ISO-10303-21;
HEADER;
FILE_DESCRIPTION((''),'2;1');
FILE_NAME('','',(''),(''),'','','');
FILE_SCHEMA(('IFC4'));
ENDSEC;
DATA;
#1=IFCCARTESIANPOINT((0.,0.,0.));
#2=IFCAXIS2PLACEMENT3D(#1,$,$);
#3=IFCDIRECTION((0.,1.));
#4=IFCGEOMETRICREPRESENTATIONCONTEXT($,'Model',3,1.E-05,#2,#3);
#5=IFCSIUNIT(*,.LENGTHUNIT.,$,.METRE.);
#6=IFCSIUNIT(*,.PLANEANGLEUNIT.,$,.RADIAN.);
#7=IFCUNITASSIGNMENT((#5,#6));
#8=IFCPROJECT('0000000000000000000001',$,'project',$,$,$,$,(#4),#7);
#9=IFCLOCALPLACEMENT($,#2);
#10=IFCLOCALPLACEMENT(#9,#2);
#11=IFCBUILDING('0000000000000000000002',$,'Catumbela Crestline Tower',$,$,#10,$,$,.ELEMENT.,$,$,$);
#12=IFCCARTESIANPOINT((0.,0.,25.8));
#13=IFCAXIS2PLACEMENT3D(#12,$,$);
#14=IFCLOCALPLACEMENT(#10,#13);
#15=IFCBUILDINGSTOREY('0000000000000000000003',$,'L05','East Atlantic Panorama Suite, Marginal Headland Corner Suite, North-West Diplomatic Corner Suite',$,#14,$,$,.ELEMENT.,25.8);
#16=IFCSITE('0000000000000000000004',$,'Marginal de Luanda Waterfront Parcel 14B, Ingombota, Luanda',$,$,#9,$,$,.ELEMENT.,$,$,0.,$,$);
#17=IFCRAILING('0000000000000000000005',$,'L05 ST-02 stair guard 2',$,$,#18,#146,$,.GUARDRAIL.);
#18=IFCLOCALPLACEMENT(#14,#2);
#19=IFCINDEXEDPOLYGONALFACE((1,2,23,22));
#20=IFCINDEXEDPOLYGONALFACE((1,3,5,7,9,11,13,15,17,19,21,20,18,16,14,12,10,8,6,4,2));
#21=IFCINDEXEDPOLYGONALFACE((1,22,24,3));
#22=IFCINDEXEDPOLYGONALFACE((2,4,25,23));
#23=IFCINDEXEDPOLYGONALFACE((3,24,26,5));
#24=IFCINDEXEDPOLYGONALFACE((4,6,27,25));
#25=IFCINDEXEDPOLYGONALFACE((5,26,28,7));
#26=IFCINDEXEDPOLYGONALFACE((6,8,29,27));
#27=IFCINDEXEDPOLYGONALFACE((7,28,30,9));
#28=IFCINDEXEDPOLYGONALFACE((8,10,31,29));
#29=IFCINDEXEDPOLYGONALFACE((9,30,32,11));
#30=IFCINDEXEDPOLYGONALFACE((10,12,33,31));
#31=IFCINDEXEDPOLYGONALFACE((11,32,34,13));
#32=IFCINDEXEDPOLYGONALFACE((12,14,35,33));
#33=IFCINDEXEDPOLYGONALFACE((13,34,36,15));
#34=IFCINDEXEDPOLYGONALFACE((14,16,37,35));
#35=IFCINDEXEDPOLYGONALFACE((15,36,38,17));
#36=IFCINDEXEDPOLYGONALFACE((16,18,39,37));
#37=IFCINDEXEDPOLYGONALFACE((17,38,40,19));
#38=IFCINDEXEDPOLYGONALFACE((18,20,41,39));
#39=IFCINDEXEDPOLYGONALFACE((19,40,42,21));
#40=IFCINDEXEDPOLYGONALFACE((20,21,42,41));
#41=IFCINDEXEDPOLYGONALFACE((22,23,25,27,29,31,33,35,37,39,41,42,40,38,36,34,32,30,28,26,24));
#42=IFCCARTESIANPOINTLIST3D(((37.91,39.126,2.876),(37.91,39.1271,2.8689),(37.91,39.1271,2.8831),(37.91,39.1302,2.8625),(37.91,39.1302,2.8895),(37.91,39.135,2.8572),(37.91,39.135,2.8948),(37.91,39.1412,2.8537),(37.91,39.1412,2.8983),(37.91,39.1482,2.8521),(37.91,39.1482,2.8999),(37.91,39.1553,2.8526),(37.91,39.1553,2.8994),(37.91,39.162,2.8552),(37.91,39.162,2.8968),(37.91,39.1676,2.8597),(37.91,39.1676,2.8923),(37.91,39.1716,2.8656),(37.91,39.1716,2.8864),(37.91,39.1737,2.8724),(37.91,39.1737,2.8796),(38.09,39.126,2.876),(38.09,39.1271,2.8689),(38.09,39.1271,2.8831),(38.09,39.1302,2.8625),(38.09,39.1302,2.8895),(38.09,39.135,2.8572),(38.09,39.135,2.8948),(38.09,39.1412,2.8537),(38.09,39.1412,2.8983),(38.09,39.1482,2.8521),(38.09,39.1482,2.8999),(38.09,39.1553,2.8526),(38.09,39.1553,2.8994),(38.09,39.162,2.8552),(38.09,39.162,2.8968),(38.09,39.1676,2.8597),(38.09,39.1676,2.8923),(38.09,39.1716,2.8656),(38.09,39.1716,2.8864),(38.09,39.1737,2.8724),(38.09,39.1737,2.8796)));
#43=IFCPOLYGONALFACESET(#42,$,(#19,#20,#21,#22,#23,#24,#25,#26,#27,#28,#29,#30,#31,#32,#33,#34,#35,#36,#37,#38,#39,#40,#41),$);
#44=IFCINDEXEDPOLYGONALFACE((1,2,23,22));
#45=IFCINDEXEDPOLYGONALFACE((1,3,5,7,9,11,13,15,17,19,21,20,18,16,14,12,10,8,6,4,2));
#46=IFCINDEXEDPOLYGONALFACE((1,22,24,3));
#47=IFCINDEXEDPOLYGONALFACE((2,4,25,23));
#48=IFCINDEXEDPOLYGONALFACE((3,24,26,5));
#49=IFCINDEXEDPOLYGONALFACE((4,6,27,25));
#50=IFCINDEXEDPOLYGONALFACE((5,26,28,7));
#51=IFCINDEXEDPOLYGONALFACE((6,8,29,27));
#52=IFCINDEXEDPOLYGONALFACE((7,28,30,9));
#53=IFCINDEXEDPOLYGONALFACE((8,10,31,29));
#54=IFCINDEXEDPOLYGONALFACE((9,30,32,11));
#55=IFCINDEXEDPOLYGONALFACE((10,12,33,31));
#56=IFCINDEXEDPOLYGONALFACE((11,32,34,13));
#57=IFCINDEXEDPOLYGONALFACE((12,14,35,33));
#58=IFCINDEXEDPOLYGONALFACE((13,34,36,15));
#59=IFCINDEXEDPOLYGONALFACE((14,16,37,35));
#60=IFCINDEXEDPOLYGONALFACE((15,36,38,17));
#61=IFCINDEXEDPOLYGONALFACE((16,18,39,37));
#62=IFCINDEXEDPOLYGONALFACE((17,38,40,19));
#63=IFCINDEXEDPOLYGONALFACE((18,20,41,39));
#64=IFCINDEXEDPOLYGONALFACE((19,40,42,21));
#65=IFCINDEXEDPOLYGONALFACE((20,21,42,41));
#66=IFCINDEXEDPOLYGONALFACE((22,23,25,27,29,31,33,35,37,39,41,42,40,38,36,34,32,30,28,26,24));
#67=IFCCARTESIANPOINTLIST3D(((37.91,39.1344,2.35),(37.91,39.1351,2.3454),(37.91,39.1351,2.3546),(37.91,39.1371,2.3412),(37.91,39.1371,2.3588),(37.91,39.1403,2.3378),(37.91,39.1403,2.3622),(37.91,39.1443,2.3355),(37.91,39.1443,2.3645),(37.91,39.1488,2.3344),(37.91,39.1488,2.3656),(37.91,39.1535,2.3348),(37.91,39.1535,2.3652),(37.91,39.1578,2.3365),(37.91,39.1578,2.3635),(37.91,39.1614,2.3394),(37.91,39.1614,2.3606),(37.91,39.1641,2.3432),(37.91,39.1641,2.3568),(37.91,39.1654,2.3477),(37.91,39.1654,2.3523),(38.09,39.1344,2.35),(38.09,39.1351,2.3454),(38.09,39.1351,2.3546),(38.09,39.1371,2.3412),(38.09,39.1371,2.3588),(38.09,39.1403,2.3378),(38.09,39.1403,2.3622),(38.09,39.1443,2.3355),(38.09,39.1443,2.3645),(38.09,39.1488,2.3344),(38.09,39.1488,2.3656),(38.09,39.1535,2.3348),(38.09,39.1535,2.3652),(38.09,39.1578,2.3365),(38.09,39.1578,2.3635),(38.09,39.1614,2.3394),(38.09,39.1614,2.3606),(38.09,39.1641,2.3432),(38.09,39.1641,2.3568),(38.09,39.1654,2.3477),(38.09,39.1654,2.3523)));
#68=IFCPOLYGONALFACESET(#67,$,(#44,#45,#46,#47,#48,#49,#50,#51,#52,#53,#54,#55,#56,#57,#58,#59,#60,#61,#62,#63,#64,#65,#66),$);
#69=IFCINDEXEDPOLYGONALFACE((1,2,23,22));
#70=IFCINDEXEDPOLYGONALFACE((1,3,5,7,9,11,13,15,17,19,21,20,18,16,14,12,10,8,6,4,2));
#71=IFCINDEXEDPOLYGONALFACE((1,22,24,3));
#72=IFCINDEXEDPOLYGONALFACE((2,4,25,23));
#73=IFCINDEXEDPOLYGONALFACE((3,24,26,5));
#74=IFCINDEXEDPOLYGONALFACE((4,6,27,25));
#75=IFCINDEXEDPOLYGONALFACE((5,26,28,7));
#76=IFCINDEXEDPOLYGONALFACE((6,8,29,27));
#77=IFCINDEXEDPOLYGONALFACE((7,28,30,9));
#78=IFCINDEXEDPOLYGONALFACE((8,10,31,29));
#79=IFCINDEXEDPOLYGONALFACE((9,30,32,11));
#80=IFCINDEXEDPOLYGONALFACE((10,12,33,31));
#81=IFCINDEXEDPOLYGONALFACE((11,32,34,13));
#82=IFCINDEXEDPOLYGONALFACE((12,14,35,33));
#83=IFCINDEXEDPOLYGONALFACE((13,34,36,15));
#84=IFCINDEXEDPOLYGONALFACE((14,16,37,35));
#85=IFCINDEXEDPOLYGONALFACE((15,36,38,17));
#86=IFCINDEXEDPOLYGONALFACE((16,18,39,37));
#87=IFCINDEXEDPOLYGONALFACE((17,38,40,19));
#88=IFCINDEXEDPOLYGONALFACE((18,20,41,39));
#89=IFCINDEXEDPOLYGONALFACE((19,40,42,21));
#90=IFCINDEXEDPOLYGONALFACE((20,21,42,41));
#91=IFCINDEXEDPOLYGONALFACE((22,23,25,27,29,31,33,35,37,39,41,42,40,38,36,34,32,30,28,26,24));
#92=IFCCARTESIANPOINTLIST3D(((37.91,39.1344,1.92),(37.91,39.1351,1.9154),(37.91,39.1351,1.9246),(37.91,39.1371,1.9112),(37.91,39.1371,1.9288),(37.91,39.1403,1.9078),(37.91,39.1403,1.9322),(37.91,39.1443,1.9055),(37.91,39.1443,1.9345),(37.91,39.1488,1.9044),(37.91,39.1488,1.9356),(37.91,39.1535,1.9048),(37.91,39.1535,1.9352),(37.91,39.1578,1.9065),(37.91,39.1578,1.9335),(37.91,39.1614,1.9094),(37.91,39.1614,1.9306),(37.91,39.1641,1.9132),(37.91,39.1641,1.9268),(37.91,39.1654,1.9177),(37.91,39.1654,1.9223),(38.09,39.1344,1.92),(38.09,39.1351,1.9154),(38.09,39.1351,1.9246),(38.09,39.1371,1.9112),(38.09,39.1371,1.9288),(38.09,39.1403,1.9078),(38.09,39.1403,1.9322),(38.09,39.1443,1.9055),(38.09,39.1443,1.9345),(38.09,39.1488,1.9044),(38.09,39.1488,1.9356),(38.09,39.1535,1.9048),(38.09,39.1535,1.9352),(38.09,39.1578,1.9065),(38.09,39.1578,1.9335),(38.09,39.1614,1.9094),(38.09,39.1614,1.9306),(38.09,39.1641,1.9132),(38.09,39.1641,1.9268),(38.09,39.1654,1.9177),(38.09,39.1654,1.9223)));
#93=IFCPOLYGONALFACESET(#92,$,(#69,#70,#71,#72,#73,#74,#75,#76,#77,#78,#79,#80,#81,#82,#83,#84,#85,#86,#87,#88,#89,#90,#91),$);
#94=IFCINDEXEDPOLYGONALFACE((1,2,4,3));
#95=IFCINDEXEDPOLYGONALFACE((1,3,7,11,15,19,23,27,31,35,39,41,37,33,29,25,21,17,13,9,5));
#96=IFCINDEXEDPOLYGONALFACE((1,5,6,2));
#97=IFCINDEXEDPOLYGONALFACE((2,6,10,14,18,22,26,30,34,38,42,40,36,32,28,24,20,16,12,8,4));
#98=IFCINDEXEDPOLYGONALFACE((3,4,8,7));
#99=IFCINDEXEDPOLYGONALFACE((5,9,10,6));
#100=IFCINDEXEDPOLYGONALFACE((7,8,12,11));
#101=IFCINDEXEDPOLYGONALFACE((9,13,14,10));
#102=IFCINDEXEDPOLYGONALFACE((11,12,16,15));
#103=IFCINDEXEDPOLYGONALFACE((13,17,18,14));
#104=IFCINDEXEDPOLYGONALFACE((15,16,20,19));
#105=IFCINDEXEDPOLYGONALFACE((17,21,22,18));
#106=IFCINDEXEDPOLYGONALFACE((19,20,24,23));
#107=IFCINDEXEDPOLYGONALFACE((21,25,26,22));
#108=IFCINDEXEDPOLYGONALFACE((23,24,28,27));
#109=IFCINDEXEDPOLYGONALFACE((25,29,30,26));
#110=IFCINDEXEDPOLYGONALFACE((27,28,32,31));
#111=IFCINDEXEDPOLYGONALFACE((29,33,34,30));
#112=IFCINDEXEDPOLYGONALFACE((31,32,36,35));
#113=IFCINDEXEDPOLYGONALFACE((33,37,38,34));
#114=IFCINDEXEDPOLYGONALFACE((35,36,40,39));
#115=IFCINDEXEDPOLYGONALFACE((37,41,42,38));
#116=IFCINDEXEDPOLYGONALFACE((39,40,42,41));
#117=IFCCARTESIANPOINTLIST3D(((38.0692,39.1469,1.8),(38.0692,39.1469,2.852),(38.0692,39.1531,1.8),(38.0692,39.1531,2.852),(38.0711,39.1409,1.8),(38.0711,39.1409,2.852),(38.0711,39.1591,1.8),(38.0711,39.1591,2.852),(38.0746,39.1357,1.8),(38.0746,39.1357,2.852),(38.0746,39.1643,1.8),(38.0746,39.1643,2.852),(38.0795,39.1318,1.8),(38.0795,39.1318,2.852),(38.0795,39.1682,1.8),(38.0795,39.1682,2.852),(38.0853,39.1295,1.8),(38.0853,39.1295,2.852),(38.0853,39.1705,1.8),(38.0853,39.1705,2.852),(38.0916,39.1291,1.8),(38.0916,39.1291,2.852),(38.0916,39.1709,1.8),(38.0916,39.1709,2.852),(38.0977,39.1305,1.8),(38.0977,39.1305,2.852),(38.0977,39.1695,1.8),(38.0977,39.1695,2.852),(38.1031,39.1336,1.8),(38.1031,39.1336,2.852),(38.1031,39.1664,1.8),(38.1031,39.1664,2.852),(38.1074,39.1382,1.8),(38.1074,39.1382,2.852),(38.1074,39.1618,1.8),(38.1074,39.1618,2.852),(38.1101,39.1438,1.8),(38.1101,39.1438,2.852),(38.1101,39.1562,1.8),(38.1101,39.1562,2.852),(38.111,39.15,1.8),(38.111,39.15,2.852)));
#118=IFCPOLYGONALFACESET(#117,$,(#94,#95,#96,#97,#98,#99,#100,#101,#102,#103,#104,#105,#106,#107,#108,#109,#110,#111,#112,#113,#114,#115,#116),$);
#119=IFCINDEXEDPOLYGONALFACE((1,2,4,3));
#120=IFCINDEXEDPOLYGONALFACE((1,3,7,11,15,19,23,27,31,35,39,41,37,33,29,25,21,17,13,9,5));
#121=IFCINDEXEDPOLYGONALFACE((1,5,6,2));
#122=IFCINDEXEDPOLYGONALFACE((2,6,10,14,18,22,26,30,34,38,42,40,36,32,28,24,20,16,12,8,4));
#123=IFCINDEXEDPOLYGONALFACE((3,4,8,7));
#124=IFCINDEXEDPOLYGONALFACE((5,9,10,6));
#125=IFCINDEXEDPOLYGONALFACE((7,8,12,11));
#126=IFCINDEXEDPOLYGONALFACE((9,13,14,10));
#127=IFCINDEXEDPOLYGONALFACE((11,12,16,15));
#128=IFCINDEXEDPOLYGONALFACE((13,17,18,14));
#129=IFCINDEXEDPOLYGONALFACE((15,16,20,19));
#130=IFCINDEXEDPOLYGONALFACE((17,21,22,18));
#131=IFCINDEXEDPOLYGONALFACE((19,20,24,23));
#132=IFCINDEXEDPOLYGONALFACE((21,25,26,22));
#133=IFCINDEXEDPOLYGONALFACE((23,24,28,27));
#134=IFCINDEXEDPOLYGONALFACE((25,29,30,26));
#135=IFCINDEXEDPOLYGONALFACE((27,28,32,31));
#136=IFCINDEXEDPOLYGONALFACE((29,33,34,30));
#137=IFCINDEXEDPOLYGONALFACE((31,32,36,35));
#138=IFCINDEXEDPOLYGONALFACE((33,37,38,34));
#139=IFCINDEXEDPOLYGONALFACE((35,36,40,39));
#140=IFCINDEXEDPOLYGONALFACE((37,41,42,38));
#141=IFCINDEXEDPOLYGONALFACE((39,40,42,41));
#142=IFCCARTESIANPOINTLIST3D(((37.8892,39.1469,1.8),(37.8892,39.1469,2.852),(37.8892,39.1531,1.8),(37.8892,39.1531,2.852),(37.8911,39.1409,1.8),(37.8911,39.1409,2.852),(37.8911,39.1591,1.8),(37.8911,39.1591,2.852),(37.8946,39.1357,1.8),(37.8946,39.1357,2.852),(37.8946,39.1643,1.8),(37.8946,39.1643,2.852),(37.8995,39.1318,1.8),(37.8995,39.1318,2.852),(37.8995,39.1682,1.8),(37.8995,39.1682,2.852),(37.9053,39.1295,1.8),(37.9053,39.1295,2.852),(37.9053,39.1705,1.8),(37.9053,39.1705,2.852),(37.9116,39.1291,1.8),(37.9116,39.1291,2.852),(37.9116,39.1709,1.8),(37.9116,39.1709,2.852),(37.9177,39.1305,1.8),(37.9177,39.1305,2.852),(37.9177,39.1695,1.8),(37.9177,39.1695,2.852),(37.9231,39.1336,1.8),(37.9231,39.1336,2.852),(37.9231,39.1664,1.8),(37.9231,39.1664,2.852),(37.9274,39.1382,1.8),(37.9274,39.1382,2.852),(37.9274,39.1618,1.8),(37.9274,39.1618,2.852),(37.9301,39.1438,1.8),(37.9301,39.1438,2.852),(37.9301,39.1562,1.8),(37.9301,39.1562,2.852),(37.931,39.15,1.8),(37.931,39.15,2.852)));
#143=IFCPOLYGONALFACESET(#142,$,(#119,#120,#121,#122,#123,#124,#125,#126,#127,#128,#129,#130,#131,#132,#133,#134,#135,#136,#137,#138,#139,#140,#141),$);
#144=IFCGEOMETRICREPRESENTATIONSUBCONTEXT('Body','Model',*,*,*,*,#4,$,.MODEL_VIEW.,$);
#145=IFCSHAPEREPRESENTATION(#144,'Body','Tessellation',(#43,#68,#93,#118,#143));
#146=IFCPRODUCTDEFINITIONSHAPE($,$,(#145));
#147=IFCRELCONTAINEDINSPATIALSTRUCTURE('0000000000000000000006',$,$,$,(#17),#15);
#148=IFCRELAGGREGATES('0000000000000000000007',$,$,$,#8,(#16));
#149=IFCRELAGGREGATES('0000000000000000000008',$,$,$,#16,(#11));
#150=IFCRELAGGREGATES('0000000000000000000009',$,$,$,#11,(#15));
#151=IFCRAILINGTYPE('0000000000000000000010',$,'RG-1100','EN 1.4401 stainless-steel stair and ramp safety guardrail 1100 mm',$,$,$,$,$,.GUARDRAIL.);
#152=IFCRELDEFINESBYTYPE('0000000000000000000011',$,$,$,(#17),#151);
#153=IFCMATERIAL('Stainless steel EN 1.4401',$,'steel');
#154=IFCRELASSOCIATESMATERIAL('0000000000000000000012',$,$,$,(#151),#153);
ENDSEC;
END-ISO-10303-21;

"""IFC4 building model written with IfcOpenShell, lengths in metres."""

from ifc_helpers import new_model, si_unit, direction, frame, origin, origin_2d, place, context, subcontext, project, spatial, circle, extrude, material, type_object, element, save


model = new_model("IFC4")

# Units and contexts
model_context = context("Model", 3, precision=1e-05, world=origin(), true_north=direction((0.0, 1.0)))
body_context = subcontext(model_context, "Body", "Model", "MODEL_VIEW")
ifc_project = project(units=[si_unit("LENGTHUNIT", "METRE"), si_unit("PLANEANGLEUNIT", "RADIAN")], contexts=[model_context])

# Site, building, storey
site_placement = place(None, origin())
site = spatial("IfcSite", under=ifc_project, at=site_placement, Name="Marginal de Luanda Waterfront Parcel 14B, Ingombota, Luanda", CompositionType="ELEMENT", RefElevation=0.0)
building_placement = place(site_placement, origin())
building = spatial("IfcBuilding", under=site, at=building_placement, Name="Catumbela Crestline Tower", CompositionType="ELEMENT")
storey_placement = place(building_placement, frame((0.0, 0.0, 25.8)))
storey = spatial("IfcBuildingStorey", under=building, at=storey_placement, Name="L05", Description="East Atlantic Panorama Suite, Marginal Headland Corner Suite, North-West Diplomatic Corner Suite", CompositionType="ELEMENT", Elevation=25.8)

# Shared definitions
ifc_material_1 = material(Name="Stainless steel EN 1.4401", Category="steel")

# Railing
railing_type_1 = type_object("IfcRailingType", Name="RG-1100", Description="EN 1.4401 stainless-steel stair and ramp safety guardrail 1100 mm", PredefinedType="GUARDRAIL", material=ifc_material_1)
railing_1_placement = place(storey_placement, frame((38.09, 39.15, 1.8)))
element("IfcRailing", 1, at=railing_1_placement, inside=storey, type_object=railing_type_1, Name="L05 ST-02 stair guard 2", PredefinedType="GUARDRAIL", context=body_context, shape_type="SweptSolid", body=[
    extrude(circle(Radius=0.024, at=origin_2d()), frame((0.0, 0.0, 1.076), z_axis=(-1.0, 0.0, 0.0), x_axis=(0.0, -1.0, 0.0)), (0.0, 0.0, 1.0), 0.18),
    extrude(circle(Radius=0.0156, at=origin_2d()), frame((0.0, 0.0, 0.55), z_axis=(-1.0, 0.0, 0.0), x_axis=(0.0, -1.0, 0.0)), (0.0, 0.0, 1.0), 0.18),
    extrude(circle(Radius=0.0156, at=origin_2d()), frame((0.0, 0.0, 0.12), z_axis=(-1.0, 0.0, 0.0), x_axis=(0.0, -1.0, 0.0)), (0.0, 0.0, 1.0), 0.18),
    extrude(circle(Radius=0.021, at=origin_2d()), origin(), (0.0, 0.0, 1.0), 1.052),
    extrude(circle(Radius=0.021, at=origin_2d()), frame((-0.18, 0.0, 0.0)), (0.0, 0.0, 1.0), 1.052),
])

save(model, "model.ifc")
